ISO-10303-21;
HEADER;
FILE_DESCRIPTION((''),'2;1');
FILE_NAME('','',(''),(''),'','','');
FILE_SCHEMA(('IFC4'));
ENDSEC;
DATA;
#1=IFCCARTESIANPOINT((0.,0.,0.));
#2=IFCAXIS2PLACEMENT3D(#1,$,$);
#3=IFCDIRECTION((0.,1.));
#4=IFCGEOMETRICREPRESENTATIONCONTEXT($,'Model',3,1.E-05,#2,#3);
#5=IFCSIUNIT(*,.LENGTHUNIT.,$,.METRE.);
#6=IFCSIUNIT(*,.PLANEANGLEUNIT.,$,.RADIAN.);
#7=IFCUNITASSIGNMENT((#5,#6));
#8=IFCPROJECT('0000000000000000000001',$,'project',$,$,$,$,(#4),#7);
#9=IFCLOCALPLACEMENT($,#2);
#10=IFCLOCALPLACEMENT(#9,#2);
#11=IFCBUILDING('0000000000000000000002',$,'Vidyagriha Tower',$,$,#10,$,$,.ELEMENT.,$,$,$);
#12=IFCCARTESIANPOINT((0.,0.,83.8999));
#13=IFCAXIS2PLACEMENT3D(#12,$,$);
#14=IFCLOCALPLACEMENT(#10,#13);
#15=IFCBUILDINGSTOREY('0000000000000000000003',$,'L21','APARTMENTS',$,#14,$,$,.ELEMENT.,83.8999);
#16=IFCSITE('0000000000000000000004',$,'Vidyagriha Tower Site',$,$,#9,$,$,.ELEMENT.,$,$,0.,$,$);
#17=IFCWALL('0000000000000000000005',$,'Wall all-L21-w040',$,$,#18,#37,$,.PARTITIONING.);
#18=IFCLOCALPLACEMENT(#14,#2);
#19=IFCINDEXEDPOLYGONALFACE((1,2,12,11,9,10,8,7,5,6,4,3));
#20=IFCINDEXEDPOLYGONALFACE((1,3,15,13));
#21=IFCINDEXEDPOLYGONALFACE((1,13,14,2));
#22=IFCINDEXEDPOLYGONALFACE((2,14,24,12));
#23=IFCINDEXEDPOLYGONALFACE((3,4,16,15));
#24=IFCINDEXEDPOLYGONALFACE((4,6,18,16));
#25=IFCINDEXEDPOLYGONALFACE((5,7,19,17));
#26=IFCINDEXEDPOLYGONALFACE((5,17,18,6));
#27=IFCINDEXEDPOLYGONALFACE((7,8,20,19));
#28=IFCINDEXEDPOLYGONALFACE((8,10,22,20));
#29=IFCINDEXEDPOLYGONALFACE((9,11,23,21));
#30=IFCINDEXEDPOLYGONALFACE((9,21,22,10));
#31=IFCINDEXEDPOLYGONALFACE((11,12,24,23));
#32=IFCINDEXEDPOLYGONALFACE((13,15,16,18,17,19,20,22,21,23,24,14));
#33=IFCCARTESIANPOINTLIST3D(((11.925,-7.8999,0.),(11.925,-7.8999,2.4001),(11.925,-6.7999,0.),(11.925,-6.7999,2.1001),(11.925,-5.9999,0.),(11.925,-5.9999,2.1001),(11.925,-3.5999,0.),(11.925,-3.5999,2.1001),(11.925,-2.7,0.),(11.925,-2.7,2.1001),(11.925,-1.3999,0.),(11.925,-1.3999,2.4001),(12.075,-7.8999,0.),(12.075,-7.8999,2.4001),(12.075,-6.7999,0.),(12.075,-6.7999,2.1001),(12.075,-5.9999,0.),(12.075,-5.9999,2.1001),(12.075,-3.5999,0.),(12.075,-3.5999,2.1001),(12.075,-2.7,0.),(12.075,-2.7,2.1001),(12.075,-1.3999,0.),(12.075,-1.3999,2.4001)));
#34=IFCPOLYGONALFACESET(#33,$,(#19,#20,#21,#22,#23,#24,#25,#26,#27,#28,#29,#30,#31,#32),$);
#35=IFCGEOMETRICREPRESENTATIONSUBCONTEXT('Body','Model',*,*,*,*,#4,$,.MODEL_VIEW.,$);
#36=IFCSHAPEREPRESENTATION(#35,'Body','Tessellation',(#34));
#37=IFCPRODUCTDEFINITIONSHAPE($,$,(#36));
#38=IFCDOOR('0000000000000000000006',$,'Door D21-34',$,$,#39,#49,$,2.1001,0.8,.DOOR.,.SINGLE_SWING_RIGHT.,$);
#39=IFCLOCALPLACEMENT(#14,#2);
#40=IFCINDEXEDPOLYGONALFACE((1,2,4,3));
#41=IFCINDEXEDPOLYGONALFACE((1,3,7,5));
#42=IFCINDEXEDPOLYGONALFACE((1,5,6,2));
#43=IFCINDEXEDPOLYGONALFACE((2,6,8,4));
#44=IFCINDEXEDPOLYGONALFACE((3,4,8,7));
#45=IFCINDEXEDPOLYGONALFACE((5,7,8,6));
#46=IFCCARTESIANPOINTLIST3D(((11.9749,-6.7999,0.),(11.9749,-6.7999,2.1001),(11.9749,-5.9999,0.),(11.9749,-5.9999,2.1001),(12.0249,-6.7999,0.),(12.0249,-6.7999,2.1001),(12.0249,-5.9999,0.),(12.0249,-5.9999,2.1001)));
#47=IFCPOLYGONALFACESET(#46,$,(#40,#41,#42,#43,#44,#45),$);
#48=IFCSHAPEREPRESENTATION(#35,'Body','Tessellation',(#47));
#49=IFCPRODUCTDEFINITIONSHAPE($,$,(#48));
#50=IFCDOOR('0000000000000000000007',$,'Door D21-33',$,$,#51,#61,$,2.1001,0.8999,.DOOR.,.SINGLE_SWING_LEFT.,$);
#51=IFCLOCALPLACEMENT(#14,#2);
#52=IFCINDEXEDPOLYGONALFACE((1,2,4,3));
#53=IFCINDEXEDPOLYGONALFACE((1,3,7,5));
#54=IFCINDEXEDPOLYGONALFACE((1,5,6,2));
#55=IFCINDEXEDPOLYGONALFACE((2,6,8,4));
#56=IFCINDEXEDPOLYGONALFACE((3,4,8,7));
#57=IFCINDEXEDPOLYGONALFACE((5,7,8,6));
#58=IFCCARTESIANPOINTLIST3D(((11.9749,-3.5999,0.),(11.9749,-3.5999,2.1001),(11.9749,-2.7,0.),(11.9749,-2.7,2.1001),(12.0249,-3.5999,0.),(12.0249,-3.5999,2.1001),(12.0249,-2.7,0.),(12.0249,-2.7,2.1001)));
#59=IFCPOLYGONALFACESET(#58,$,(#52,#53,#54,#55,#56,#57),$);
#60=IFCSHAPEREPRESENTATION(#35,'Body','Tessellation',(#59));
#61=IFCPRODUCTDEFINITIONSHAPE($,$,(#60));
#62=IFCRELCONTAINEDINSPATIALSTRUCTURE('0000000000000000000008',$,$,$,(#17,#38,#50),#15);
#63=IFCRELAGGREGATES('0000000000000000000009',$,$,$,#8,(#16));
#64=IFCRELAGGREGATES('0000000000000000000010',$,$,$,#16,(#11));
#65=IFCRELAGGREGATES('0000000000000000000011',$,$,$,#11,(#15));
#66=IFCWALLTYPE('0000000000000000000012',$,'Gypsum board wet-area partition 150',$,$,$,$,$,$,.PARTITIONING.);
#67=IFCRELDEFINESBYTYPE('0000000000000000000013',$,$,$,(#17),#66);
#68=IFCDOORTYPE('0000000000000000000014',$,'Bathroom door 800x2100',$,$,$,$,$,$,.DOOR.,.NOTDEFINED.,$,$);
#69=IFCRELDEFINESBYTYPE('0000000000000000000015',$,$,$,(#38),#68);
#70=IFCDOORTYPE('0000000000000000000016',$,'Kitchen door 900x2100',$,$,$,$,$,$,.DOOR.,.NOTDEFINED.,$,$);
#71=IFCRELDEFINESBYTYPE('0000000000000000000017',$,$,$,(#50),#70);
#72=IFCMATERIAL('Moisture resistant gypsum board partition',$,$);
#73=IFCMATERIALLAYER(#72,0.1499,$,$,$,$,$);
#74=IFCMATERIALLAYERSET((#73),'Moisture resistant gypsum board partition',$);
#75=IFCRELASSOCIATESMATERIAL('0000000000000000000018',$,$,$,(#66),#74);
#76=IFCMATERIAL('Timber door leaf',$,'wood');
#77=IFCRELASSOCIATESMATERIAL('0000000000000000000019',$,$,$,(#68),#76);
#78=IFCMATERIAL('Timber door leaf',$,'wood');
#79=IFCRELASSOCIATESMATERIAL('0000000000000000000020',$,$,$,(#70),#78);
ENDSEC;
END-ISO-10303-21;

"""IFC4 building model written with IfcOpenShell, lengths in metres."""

from ifc_helpers import new_model, si_unit, direction, frame, frame_2d, origin, place, context, subcontext, project, spatial, rectangle, extrude, material, layer, layer_set, type_object, element, fill, save


model = new_model("IFC4")

# Units and contexts
model_context = context("Model", 3, precision=1e-05, world=origin(), true_north=direction((0.0, 1.0)))
body_context = subcontext(model_context, "Body", "Model", "MODEL_VIEW")
ifc_project = project(units=[si_unit("LENGTHUNIT", "METRE"), si_unit("PLANEANGLEUNIT", "RADIAN")], contexts=[model_context])

# Site, building, storey
site_placement = place(None, origin())
site = spatial("IfcSite", under=ifc_project, at=site_placement, Name="Vidyagriha Tower Site", CompositionType="ELEMENT", RefElevation=0.0)
building_placement = place(site_placement, origin())
building = spatial("IfcBuilding", under=site, at=building_placement, Name="Vidyagriha Tower", CompositionType="ELEMENT")
storey_placement = place(building_placement, frame((0.0, 0.0, 83.8999)))
storey = spatial("IfcBuildingStorey", under=building, at=storey_placement, Name="L21", Description="APARTMENTS", CompositionType="ELEMENT", Elevation=83.8999)

# Wall, openings, doors
ifc_material_1 = material(Name="Moisture resistant gypsum board partition")
ifc_layer_1 = layer(ifc_material_1, 0.1499)
ifc_layer_set_1 = layer_set([ifc_layer_1], Name="Moisture resistant gypsum board partition")
wall_type_1 = type_object("IfcWallType", Name="Gypsum board wet-area partition 150", PredefinedType="PARTITIONING", material=ifc_layer_set_1)
wall_1_placement = place(storey_placement, frame((12.0, -1.3999, 0.0), z_axis=(0.0, 0.0, 1.0), x_axis=(0.0, -1.0, 0.0)))
wall_1 = element("IfcWall", 1, at=wall_1_placement, inside=storey, type_object=wall_type_1, Name="Wall all-L21-w040", PredefinedType="PARTITIONING", context=body_context, shape_type="SweptSolid", body=[
    extrude(rectangle(XDim=6.5, YDim=0.1499, at=frame_2d((3.25, 0.0))), origin(), (0.0, 0.0, 1.0), 2.4001),
])
opening_1_placement = place(wall_1_placement, frame((1.3, 0.0, 0.0)))
opening_1 = element("IfcOpeningElement", 2, at=opening_1_placement, cuts=wall_1, PredefinedType="OPENING", context=body_context, shape_type="SweptSolid", body=[
    extrude(rectangle(XDim=0.8999, YDim=2.1001, at=frame_2d((0.45, 1.05))), frame((0.0, 0.085, 0.0), z_axis=(0.0, -1.0, 0.0), x_axis=(1.0, 0.0, 0.0)), (0.0, 0.0, 1.0), 0.1699),
])
opening_2_placement = place(wall_1_placement, frame((4.6001, 0.0, 0.0)))
opening_2 = element("IfcOpeningElement", 3, at=opening_2_placement, cuts=wall_1, PredefinedType="OPENING", context=body_context, shape_type="SweptSolid", body=[
    extrude(rectangle(XDim=0.8, YDim=2.1001, at=frame_2d((0.3999, 1.05))), frame((0.0, 0.085, 0.0), z_axis=(0.0, -1.0, 0.0), x_axis=(1.0, 0.0, 0.0)), (0.0, 0.0, 1.0), 0.1699),
])
ifc_material_2 = material(Name="Timber door leaf", Category="wood")
door_type_1 = type_object("IfcDoorType", Name="Bathroom door 800x2100", OperationType="NOTDEFINED", PredefinedType="DOOR", material=ifc_material_2)
door_1_placement = place(opening_2_placement, origin())
door_1 = element("IfcDoor", 4, at=door_1_placement, inside=storey, type_object=door_type_1, Name="Door D21-34", OperationType="SINGLE_SWING_RIGHT", OverallHeight=2.1001, OverallWidth=0.8, PredefinedType="DOOR", context=body_context, shape_type="SweptSolid", body=[
    extrude(rectangle(XDim=0.8, YDim=2.1001, at=frame_2d((0.3999, 1.05))), frame((0.0, 0.0249, 0.0), z_axis=(0.0, -1.0, 0.0), x_axis=(1.0, 0.0, 0.0)), (0.0, 0.0, 1.0), 0.05),
])
fill(opening_2, door_1)
ifc_material_3 = material(Name="Timber door leaf", Category="wood")
door_type_2 = type_object("IfcDoorType", Name="Kitchen door 900x2100", OperationType="NOTDEFINED", PredefinedType="DOOR", material=ifc_material_3)
door_2_placement = place(opening_1_placement, origin())
door_2 = element("IfcDoor", 5, at=door_2_placement, inside=storey, type_object=door_type_2, Name="Door D21-33", OperationType="SINGLE_SWING_LEFT", OverallHeight=2.1001, OverallWidth=0.8999, PredefinedType="DOOR", context=body_context, shape_type="SweptSolid", body=[
    extrude(rectangle(XDim=0.8999, YDim=2.1001, at=frame_2d((0.45, 1.05))), frame((0.0, 0.0249, 0.0), z_axis=(0.0, -1.0, 0.0), x_axis=(1.0, 0.0, 0.0)), (0.0, 0.0, 1.0), 0.05),
])
fill(opening_1, door_2)

save(model, "model.ifc")
